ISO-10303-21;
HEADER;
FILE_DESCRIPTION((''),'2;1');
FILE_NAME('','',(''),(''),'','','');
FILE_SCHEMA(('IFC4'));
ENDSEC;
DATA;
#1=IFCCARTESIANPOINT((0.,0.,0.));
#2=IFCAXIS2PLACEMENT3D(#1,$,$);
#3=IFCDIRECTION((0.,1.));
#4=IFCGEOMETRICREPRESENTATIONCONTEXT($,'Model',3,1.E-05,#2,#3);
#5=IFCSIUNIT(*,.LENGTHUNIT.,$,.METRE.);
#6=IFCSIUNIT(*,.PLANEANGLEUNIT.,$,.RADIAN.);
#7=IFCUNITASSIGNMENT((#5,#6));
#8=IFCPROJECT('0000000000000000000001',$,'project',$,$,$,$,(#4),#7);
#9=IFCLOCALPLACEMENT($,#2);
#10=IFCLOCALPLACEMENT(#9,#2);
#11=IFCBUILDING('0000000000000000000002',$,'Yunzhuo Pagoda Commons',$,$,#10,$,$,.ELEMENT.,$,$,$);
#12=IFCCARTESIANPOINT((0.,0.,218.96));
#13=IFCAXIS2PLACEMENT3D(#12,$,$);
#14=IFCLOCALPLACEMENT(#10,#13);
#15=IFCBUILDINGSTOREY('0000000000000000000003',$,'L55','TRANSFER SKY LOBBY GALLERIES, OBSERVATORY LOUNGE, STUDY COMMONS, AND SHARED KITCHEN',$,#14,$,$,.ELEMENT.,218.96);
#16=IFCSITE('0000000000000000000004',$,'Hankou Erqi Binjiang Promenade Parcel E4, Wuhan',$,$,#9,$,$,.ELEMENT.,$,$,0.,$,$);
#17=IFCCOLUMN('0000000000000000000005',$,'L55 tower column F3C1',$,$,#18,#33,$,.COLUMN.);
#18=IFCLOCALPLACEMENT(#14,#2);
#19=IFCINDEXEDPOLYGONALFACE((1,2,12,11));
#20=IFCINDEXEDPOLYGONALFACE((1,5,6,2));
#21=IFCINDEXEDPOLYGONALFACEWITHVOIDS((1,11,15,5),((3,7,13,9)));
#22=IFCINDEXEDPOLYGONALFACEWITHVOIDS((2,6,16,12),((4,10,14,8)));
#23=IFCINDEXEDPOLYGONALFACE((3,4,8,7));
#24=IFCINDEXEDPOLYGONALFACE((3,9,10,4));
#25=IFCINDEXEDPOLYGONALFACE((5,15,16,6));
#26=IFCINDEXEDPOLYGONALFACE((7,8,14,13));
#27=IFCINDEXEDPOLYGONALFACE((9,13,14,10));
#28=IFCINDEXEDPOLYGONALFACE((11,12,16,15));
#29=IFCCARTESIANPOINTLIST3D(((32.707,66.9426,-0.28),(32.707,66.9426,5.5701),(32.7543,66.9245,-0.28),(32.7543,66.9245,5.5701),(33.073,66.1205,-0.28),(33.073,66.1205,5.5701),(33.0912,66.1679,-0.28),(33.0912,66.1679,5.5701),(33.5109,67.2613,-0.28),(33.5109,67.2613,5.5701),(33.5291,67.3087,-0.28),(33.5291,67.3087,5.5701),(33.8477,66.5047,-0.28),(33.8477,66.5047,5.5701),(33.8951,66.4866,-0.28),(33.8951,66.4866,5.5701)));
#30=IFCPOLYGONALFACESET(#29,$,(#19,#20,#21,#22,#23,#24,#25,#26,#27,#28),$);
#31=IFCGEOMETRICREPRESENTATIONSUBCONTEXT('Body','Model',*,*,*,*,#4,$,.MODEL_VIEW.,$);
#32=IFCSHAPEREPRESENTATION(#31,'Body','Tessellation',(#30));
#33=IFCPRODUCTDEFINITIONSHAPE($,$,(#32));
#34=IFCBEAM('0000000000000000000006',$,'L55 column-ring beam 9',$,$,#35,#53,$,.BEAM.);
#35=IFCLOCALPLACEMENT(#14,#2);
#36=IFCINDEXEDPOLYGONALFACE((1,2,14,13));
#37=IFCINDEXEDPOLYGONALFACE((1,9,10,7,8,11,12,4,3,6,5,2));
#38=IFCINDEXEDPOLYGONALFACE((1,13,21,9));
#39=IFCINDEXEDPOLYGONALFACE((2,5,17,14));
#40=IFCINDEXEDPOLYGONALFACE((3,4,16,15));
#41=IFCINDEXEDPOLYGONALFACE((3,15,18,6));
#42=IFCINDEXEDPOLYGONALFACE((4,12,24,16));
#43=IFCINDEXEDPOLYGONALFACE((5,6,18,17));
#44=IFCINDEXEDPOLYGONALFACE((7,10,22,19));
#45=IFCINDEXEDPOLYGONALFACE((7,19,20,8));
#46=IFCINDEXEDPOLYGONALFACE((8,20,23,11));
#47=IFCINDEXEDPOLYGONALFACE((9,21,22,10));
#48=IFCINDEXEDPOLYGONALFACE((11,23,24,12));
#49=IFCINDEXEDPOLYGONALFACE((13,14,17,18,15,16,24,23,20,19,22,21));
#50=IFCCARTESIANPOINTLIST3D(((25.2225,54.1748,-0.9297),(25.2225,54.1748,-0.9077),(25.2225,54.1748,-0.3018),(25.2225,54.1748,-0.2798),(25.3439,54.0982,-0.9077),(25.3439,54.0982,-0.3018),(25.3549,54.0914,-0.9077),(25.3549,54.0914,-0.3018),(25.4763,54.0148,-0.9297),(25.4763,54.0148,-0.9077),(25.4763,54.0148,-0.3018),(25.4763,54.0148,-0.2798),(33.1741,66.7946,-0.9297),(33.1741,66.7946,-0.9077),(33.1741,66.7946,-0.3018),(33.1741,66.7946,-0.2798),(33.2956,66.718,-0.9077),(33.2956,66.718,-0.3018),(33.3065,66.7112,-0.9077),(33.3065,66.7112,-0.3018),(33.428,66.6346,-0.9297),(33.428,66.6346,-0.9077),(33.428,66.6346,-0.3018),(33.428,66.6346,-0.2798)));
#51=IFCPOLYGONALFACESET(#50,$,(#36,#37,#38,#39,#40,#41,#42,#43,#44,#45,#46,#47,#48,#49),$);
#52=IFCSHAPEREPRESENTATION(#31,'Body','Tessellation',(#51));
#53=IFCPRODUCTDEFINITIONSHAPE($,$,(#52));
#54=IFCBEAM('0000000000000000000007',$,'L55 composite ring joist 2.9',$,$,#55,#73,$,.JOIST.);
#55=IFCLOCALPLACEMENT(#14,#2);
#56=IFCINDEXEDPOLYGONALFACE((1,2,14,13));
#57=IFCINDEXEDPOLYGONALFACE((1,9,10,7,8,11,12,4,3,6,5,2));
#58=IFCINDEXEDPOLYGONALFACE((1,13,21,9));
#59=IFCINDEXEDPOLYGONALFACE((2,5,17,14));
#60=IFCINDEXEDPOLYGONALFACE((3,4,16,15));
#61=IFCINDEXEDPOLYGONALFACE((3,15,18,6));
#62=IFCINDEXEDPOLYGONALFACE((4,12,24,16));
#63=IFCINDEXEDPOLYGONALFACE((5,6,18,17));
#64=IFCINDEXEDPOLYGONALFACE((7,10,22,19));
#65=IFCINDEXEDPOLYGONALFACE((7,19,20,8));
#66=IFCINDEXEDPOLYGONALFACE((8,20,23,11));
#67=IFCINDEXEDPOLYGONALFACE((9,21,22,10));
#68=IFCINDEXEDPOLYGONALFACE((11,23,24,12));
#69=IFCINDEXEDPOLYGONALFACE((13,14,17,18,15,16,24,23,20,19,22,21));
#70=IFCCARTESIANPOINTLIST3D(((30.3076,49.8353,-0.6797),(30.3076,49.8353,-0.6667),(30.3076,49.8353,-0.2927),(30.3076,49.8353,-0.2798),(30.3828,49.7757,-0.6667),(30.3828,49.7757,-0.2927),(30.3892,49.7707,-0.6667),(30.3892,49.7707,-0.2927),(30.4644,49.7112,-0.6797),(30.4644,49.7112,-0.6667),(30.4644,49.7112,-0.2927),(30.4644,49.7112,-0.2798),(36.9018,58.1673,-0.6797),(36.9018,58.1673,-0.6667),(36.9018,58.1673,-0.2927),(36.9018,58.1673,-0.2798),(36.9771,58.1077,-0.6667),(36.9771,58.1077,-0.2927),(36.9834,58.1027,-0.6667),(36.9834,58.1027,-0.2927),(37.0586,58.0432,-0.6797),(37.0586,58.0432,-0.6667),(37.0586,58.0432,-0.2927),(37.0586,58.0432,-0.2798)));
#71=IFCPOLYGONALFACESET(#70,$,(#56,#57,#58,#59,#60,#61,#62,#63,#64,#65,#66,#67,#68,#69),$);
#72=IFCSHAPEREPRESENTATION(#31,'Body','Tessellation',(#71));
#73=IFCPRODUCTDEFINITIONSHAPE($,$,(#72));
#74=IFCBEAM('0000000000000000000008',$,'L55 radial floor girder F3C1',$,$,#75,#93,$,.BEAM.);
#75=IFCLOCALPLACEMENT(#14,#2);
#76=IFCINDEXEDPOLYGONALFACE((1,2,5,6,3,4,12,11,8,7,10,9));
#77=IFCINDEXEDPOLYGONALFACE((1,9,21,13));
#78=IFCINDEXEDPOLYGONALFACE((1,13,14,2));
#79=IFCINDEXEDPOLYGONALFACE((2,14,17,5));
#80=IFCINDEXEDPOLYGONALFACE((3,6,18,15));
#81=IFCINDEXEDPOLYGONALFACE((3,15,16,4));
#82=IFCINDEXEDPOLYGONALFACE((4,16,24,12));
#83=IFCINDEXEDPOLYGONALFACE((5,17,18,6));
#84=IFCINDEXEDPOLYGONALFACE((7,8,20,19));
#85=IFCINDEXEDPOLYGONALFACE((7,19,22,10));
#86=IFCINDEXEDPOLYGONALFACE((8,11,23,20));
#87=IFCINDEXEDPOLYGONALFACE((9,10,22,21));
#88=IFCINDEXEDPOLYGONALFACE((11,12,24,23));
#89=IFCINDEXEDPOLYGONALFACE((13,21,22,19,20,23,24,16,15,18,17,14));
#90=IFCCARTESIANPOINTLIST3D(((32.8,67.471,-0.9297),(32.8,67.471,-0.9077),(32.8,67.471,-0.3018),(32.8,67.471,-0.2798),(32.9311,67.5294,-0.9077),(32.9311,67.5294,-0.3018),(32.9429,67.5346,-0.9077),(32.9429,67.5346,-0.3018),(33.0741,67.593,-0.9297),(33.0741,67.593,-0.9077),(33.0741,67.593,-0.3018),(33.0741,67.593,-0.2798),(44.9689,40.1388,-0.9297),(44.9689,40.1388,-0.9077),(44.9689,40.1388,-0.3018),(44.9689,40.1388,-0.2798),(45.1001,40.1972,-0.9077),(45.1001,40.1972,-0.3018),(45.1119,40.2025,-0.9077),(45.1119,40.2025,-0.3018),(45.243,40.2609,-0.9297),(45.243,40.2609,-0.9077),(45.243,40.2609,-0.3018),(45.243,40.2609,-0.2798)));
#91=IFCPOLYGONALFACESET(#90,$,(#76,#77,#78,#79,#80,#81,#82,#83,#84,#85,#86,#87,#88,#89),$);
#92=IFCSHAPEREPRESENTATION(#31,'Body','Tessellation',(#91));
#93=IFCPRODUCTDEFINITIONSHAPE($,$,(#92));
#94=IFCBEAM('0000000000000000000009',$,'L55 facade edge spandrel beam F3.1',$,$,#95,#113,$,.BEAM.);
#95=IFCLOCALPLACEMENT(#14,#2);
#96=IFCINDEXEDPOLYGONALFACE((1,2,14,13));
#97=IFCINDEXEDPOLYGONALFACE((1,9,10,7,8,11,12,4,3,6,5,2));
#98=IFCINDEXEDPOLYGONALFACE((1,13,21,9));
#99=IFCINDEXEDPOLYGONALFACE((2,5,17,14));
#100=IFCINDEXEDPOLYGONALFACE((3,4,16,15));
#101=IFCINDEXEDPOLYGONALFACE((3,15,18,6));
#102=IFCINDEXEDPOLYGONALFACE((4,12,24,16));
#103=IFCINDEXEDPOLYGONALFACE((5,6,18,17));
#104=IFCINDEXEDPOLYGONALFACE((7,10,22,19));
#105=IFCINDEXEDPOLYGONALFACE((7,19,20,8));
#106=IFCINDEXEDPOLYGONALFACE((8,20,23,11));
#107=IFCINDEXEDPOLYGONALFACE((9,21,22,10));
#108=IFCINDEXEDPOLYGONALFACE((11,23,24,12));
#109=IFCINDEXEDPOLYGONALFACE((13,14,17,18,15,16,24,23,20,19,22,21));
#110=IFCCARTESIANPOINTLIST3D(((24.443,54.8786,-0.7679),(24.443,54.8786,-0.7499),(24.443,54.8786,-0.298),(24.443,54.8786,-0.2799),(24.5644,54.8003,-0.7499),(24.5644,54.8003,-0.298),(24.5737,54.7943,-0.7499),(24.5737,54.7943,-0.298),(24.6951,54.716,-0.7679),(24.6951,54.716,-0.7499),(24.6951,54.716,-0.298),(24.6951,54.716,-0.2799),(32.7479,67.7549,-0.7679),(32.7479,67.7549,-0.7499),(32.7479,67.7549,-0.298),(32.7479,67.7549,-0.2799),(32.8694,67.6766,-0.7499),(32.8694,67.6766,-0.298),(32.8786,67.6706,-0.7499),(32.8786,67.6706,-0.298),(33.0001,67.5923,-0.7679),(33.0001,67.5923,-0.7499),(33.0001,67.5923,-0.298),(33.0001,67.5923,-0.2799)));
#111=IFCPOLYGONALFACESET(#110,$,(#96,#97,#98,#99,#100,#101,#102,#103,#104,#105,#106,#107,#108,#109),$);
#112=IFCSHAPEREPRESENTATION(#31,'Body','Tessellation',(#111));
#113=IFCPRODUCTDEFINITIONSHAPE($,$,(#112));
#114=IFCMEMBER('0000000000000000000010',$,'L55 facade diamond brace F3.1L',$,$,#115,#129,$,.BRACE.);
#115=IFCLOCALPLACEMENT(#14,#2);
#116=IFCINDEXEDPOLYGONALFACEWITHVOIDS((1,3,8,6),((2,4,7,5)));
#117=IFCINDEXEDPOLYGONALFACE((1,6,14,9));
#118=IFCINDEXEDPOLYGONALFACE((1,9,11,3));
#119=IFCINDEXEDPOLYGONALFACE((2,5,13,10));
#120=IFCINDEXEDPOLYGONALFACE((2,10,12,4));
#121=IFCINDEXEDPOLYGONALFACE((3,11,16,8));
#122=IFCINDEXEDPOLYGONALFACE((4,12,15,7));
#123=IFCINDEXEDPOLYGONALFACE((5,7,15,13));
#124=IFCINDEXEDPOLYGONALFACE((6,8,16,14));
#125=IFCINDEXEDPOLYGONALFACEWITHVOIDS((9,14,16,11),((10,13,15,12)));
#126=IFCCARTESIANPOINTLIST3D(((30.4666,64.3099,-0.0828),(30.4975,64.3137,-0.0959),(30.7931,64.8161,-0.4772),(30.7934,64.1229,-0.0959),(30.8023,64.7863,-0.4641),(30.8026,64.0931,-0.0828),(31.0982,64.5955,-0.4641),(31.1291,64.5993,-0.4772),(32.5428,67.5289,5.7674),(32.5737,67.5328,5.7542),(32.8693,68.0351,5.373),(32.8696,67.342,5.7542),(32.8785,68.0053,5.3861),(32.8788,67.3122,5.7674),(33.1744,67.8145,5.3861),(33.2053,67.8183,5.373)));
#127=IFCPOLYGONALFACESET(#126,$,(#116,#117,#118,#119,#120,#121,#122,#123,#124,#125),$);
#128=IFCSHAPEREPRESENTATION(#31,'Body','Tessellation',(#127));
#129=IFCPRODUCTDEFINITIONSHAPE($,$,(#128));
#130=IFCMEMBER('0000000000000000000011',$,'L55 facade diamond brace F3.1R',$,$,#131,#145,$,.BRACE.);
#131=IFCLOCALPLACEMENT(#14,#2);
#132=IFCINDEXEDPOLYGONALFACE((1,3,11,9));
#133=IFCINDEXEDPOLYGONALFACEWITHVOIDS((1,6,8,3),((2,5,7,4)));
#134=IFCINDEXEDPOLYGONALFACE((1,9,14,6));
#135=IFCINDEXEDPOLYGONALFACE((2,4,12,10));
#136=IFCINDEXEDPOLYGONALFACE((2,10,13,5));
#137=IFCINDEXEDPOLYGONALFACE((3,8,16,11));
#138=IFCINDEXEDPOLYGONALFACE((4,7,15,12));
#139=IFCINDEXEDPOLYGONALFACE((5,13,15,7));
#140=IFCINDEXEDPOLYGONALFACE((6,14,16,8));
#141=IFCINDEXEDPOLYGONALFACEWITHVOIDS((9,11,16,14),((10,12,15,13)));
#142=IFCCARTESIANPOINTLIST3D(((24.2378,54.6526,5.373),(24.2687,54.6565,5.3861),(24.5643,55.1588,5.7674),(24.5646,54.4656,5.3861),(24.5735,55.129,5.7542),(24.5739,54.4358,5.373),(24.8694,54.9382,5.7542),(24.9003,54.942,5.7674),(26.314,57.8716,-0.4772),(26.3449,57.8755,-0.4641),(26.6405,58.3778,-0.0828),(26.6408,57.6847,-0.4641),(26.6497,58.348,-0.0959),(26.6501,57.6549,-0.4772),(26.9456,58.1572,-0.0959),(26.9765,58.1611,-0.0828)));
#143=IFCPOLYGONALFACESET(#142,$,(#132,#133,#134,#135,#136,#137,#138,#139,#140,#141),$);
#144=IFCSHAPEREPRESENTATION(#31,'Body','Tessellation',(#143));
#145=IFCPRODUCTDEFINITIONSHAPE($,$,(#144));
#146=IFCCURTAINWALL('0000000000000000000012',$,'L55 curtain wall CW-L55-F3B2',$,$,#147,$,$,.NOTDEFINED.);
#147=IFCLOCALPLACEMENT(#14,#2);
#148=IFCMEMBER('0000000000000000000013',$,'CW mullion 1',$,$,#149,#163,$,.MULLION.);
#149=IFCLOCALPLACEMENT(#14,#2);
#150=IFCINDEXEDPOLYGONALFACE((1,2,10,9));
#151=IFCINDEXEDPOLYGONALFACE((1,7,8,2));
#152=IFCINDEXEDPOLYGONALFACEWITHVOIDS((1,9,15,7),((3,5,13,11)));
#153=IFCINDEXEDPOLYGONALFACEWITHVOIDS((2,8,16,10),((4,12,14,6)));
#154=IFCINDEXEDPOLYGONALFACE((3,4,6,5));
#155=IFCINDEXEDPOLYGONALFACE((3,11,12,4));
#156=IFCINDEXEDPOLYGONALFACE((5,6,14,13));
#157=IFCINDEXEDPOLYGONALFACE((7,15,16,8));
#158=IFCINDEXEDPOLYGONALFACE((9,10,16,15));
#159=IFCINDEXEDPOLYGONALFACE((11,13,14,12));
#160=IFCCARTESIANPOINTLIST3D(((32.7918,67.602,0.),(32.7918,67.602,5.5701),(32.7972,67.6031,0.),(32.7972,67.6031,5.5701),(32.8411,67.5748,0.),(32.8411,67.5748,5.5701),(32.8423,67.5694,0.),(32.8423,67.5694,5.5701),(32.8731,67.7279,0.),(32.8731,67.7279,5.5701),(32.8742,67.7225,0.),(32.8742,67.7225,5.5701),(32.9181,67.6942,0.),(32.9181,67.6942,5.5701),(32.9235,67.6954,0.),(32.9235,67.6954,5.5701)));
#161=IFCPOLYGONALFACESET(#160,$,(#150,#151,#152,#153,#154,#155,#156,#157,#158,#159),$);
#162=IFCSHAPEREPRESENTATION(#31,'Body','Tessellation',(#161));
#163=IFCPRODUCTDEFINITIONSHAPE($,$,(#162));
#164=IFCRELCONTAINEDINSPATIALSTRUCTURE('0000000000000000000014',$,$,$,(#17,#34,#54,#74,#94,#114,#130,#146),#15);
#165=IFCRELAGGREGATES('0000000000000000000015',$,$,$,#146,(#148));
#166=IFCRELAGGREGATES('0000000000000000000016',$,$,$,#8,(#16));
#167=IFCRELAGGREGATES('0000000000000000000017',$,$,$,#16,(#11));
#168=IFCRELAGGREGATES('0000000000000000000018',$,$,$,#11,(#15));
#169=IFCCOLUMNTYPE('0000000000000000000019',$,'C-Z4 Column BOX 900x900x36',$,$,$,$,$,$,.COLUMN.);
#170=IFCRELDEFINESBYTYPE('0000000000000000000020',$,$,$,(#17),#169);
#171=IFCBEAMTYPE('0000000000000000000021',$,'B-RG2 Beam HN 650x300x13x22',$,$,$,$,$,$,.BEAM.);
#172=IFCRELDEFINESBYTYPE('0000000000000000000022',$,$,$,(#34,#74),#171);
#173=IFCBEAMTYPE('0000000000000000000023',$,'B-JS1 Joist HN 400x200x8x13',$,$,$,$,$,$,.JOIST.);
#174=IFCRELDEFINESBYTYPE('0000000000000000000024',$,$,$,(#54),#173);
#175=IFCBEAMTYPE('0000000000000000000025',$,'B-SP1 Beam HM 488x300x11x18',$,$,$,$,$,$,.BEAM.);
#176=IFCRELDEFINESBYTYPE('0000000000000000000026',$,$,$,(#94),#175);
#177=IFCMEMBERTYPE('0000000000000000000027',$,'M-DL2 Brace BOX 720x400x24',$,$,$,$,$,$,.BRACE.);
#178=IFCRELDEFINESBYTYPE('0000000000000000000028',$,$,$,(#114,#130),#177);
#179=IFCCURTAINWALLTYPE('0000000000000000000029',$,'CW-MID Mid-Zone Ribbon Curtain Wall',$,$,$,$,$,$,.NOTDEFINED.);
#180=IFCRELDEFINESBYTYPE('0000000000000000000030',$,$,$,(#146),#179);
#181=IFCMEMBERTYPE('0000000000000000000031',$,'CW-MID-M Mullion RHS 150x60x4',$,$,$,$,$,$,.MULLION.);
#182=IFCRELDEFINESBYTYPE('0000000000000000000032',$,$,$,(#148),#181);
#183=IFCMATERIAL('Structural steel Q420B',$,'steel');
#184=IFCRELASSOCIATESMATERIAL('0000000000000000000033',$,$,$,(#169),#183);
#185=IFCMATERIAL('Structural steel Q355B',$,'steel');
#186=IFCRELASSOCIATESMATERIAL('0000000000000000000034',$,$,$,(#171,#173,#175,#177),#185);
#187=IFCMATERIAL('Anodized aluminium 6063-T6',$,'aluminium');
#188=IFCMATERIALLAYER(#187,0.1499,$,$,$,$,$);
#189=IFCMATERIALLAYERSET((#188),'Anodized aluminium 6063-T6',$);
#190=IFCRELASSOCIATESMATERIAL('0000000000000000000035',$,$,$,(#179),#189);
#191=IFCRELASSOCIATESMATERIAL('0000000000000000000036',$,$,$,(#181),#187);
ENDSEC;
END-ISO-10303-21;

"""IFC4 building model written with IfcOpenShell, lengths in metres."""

from ifc_helpers import new_model, si_unit, direction, frame, origin, origin_2d, place, context, subcontext, project, spatial, hollow_rectangle, i_section, extrude, source, transform, mapped, material, layer, layer_set, material_profile, profile_set, type_object, element, aggregate, save


model = new_model("IFC4")

# Units and contexts
model_context = context("Model", 3, precision=1e-05, world=origin(), true_north=direction((0.0, 1.0)))
body_context = subcontext(model_context, "Body", "Model", "MODEL_VIEW")
ifc_project = project(units=[si_unit("LENGTHUNIT", "METRE"), si_unit("PLANEANGLEUNIT", "RADIAN")], contexts=[model_context])

# Site, building, storey
site_placement = place(None, origin())
site = spatial("IfcSite", under=ifc_project, at=site_placement, Name="Hankou Erqi Binjiang Promenade Parcel E4, Wuhan", CompositionType="ELEMENT", RefElevation=0.0)
building_placement = place(site_placement, origin())
building = spatial("IfcBuilding", under=site, at=building_placement, Name="Yunzhuo Pagoda Commons", CompositionType="ELEMENT")
storey_placement = place(building_placement, frame((0.0, 0.0, 218.96)))
storey = spatial("IfcBuildingStorey", under=building, at=storey_placement, Name="L55", Description="TRANSFER SKY LOBBY GALLERIES, OBSERVATORY LOUNGE, STUDY COMMONS, AND SHARED KITCHEN", CompositionType="ELEMENT", Elevation=218.96)

# Column
ifc_material_1 = material(Name="Structural steel Q420B", Category="steel")
ifc_material_profile_1 = material_profile(ifc_material_1, hollow_rectangle(XDim=0.8999, YDim=0.8999, WallThickness=0.0359, at=origin_2d()), Name="Structural steel Q420B")
ifc_profile_set_1 = profile_set([ifc_material_profile_1], Name="Structural steel Q420B")
column_type = type_object("IfcColumnType", Name="C-Z4 Column BOX 900x900x36", PredefinedType="COLUMN", material=ifc_profile_set_1)
shared_shape_1 = source(origin(), body_context, "Body", "SweptSolid", [
    extrude(hollow_rectangle(XDim=0.8999, YDim=0.8999, WallThickness=0.0359, at=origin_2d()), origin(), (0.0, 0.0, 1.0), 5.8501),
])
column_placement = place(storey_placement, frame((33.301, 66.7146, -0.28), z_axis=(0.0, 0.0, 1.0), x_axis=(-0.913545, -0.406737, 0.0)))
element("IfcColumn", 1, at=column_placement, inside=storey, type_object=column_type, Name="L55 tower column F3C1", PredefinedType="COLUMN", context=body_context, shape_type="MappedRepresentation", body=[
    mapped(shared_shape_1, transform((0.0, 0.0, 0.0), scale=1.0)),
])

# Beams
ifc_material_2 = material(Name="Structural steel Q355B", Category="steel")
ifc_material_profile_2 = material_profile(ifc_material_2, i_section(OverallWidth=0.3, OverallDepth=0.6499, WebThickness=0.0129, FlangeThickness=0.022, at=origin_2d()), Name="Structural steel Q355B")
ifc_profile_set_2 = profile_set([ifc_material_profile_2], Name="Structural steel Q355B")
beam_type_1 = type_object("IfcBeamType", Name="B-RG2 Beam HN 650x300x13x22", PredefinedType="BEAM", material=ifc_profile_set_2)
shared_shape_2 = source(origin(), body_context, "Body", "SweptSolid", [
    extrude(i_section(OverallWidth=0.3, OverallDepth=0.6499, WebThickness=0.0129, FlangeThickness=0.022, at=origin_2d()), origin(), (0.0, 0.0, 1.0), 14.916),
])
beam_1_placement = place(storey_placement, frame((33.301, 66.7146, -0.6047), z_axis=(-0.533092, -0.846057, 0.0), x_axis=(0.846057, -0.533092, 0.0)))
element("IfcBeam", 2, at=beam_1_placement, inside=storey, type_object=beam_type_1, Name="L55 column-ring beam 9", PredefinedType="BEAM", context=body_context, shape_type="MappedRepresentation", body=[
    mapped(shared_shape_2, transform((0.0, 0.0, 0.0), scale=1.0)),
])
ifc_material_profile_3 = material_profile(ifc_material_2, i_section(OverallWidth=0.2, OverallDepth=0.3999, WebThickness=0.0081, FlangeThickness=0.0129, at=origin_2d()), Name="Structural steel Q355B")
ifc_profile_set_3 = profile_set([ifc_material_profile_3], Name="Structural steel Q355B")
beam_type_2 = type_object("IfcBeamType", Name="B-JS1 Joist HN 400x200x8x13", PredefinedType="JOIST", material=ifc_profile_set_3)
shared_shape_3 = source(origin(), body_context, "Body", "SweptSolid", [
    extrude(i_section(OverallWidth=0.2, OverallDepth=0.3999, WebThickness=0.0081, FlangeThickness=0.0129, at=origin_2d()), origin(), (0.0, 0.0, 1.0), 10.6257),
])
beam_2_placement = place(storey_placement, frame((36.9802, 58.1052, -0.4797), z_axis=(-0.62059, -0.784135, 0.0), x_axis=(0.784135, -0.62059, 0.0)))
element("IfcBeam", 3, at=beam_2_placement, inside=storey, type_object=beam_type_2, Name="L55 composite ring joist 2.9", PredefinedType="JOIST", context=body_context, shape_type="MappedRepresentation", body=[
    mapped(shared_shape_3, transform((0.0, 0.0, 0.0), scale=1.0)),
])
shared_shape_4 = source(origin(), body_context, "Body", "SweptSolid", [
    extrude(i_section(OverallWidth=0.3, OverallDepth=0.6499, WebThickness=0.0129, FlangeThickness=0.022, at=origin_2d()), origin(), (0.0, 0.0, 1.0), 29.9187),
])
beam_3_placement = place(storey_placement, frame((32.937, 67.532, -0.6047), z_axis=(0.406735, -0.913546, 0.0), x_axis=(0.913546, 0.406735, 0.0)))
element("IfcBeam", 4, at=beam_3_placement, inside=storey, type_object=beam_type_1, Name="L55 radial floor girder F3C1", PredefinedType="BEAM", context=body_context, shape_type="MappedRepresentation", body=[
    mapped(shared_shape_4, transform((0.0, 0.0, 0.0), scale=1.0)),
])
ifc_material_profile_4 = material_profile(ifc_material_2, i_section(OverallWidth=0.3, OverallDepth=0.488, WebThickness=0.011, FlangeThickness=0.0181, at=origin_2d()), Name="Structural steel Q355B")
ifc_profile_set_4 = profile_set([ifc_material_profile_4], Name="Structural steel Q355B")
beam_type_3 = type_object("IfcBeamType", Name="B-SP1 Beam HM 488x300x11x18", PredefinedType="BEAM", material=ifc_profile_set_4)
shared_shape_5 = source(origin(), body_context, "Body", "SweptSolid", [
    extrude(i_section(OverallWidth=0.3, OverallDepth=0.488, WebThickness=0.011, FlangeThickness=0.0181, at=origin_2d()), origin(), (0.0, 0.0, 1.0), 15.3223),
])
beam_4_placement = place(storey_placement, frame((32.874, 67.6736, -0.5239), z_axis=(-0.542021, -0.840365, 0.0), x_axis=(0.840365, -0.542021, 0.0)))
element("IfcBeam", 5, at=beam_4_placement, inside=storey, type_object=beam_type_3, Name="L55 facade edge spandrel beam F3.1", PredefinedType="BEAM", context=body_context, shape_type="MappedRepresentation", body=[
    mapped(shared_shape_5, transform((0.0, 0.0, 0.0), scale=1.0)),
])

# Members
ifc_material_profile_5 = material_profile(ifc_material_2, hollow_rectangle(XDim=0.3999, YDim=0.72, WallThickness=0.0239, at=origin_2d()), Name="Structural steel Q355B")
ifc_profile_set_5 = profile_set([ifc_material_profile_5], Name="Structural steel Q355B")
member_type_1 = type_object("IfcMemberType", Name="M-DL2 Brace BOX 720x400x24", PredefinedType="BRACE", material=ifc_profile_set_5)
shared_shape_6 = source(origin(), body_context, "Body", "SweptSolid", [
    extrude(hollow_rectangle(XDim=0.3999, YDim=0.72, WallThickness=0.0239, at=origin_2d()), origin(), (0.0, 0.0, 1.0), 6.9927),
])
for number, where, z_axis, x_axis, name in (
    (6, (30.7979, 64.4546, -0.28), (0.296911, 0.460345, 0.836616), (-0.840368, 0.542017, 0.0), "L55 facade diamond brace F3.1L"),
    (7, (26.6453, 58.0164, -0.28), (-0.296911, -0.460345, 0.836616), (0.840368, -0.542017, 0.0), "L55 facade diamond brace F3.1R"),
):
    element("IfcMember", number, at=place(storey_placement, frame(where, z_axis=z_axis, x_axis=x_axis)), inside=storey, type_object=member_type_1, Name=name, PredefinedType="BRACE", context=body_context, shape_type="MappedRepresentation", body=[
        mapped(shared_shape_6, transform((0.0, 0.0, 0.0), scale=1.0)),
    ])

# Curtain wall, member
ifc_material_3 = material(Name="Anodized aluminium 6063-T6", Category="aluminium")
ifc_layer_1 = layer(ifc_material_3, 0.1499)
ifc_layer_set_1 = layer_set([ifc_layer_1], Name="Anodized aluminium 6063-T6")
curtain_wall_type = type_object("IfcCurtainWallType", Name="CW-MID Mid-Zone Ribbon Curtain Wall", PredefinedType="NOTDEFINED", material=ifc_layer_set_1)
curtain_wall_1_placement = place(storey_placement, origin())
curtain_wall_1 = element("IfcCurtainWall", 8, at=curtain_wall_1_placement, inside=storey, type_object=curtain_wall_type, Name="L55 curtain wall CW-L55-F3B2", PredefinedType="NOTDEFINED")
ifc_material_profile_6 = material_profile(ifc_material_3, hollow_rectangle(XDim=0.0601, YDim=0.1499, WallThickness=0.0039, at=origin_2d()), Name="Anodized aluminium 6063-T6")
ifc_profile_set_6 = profile_set([ifc_material_profile_6], Name="Anodized aluminium 6063-T6")
member_type_2 = type_object("IfcMemberType", Name="CW-MID-M Mullion RHS 150x60x4", PredefinedType="MULLION", material=ifc_profile_set_6)
shared_shape_7 = source(origin(), body_context, "Body", "SweptSolid", [
    extrude(hollow_rectangle(XDim=0.0601, YDim=0.1499, WallThickness=0.0039, at=origin_2d()), origin(), (0.0, 0.0, 1.0), 5.5701),
])
member_1_placement = place(storey_placement, frame((32.8577, 67.6487, 0.0), z_axis=(0.0, 0.0, 1.0), x_axis=(0.840365, -0.542021, 0.0)))
member_1 = element("IfcMember", 9, at=member_1_placement, type_object=member_type_2, Name="CW mullion 1", PredefinedType="MULLION", context=body_context, shape_type="MappedRepresentation", body=[
    mapped(shared_shape_7, transform((0.0, 0.0, 0.0), scale=1.0)),
])

aggregate(curtain_wall_1, [member_1])

save(model, "model.ifc")
